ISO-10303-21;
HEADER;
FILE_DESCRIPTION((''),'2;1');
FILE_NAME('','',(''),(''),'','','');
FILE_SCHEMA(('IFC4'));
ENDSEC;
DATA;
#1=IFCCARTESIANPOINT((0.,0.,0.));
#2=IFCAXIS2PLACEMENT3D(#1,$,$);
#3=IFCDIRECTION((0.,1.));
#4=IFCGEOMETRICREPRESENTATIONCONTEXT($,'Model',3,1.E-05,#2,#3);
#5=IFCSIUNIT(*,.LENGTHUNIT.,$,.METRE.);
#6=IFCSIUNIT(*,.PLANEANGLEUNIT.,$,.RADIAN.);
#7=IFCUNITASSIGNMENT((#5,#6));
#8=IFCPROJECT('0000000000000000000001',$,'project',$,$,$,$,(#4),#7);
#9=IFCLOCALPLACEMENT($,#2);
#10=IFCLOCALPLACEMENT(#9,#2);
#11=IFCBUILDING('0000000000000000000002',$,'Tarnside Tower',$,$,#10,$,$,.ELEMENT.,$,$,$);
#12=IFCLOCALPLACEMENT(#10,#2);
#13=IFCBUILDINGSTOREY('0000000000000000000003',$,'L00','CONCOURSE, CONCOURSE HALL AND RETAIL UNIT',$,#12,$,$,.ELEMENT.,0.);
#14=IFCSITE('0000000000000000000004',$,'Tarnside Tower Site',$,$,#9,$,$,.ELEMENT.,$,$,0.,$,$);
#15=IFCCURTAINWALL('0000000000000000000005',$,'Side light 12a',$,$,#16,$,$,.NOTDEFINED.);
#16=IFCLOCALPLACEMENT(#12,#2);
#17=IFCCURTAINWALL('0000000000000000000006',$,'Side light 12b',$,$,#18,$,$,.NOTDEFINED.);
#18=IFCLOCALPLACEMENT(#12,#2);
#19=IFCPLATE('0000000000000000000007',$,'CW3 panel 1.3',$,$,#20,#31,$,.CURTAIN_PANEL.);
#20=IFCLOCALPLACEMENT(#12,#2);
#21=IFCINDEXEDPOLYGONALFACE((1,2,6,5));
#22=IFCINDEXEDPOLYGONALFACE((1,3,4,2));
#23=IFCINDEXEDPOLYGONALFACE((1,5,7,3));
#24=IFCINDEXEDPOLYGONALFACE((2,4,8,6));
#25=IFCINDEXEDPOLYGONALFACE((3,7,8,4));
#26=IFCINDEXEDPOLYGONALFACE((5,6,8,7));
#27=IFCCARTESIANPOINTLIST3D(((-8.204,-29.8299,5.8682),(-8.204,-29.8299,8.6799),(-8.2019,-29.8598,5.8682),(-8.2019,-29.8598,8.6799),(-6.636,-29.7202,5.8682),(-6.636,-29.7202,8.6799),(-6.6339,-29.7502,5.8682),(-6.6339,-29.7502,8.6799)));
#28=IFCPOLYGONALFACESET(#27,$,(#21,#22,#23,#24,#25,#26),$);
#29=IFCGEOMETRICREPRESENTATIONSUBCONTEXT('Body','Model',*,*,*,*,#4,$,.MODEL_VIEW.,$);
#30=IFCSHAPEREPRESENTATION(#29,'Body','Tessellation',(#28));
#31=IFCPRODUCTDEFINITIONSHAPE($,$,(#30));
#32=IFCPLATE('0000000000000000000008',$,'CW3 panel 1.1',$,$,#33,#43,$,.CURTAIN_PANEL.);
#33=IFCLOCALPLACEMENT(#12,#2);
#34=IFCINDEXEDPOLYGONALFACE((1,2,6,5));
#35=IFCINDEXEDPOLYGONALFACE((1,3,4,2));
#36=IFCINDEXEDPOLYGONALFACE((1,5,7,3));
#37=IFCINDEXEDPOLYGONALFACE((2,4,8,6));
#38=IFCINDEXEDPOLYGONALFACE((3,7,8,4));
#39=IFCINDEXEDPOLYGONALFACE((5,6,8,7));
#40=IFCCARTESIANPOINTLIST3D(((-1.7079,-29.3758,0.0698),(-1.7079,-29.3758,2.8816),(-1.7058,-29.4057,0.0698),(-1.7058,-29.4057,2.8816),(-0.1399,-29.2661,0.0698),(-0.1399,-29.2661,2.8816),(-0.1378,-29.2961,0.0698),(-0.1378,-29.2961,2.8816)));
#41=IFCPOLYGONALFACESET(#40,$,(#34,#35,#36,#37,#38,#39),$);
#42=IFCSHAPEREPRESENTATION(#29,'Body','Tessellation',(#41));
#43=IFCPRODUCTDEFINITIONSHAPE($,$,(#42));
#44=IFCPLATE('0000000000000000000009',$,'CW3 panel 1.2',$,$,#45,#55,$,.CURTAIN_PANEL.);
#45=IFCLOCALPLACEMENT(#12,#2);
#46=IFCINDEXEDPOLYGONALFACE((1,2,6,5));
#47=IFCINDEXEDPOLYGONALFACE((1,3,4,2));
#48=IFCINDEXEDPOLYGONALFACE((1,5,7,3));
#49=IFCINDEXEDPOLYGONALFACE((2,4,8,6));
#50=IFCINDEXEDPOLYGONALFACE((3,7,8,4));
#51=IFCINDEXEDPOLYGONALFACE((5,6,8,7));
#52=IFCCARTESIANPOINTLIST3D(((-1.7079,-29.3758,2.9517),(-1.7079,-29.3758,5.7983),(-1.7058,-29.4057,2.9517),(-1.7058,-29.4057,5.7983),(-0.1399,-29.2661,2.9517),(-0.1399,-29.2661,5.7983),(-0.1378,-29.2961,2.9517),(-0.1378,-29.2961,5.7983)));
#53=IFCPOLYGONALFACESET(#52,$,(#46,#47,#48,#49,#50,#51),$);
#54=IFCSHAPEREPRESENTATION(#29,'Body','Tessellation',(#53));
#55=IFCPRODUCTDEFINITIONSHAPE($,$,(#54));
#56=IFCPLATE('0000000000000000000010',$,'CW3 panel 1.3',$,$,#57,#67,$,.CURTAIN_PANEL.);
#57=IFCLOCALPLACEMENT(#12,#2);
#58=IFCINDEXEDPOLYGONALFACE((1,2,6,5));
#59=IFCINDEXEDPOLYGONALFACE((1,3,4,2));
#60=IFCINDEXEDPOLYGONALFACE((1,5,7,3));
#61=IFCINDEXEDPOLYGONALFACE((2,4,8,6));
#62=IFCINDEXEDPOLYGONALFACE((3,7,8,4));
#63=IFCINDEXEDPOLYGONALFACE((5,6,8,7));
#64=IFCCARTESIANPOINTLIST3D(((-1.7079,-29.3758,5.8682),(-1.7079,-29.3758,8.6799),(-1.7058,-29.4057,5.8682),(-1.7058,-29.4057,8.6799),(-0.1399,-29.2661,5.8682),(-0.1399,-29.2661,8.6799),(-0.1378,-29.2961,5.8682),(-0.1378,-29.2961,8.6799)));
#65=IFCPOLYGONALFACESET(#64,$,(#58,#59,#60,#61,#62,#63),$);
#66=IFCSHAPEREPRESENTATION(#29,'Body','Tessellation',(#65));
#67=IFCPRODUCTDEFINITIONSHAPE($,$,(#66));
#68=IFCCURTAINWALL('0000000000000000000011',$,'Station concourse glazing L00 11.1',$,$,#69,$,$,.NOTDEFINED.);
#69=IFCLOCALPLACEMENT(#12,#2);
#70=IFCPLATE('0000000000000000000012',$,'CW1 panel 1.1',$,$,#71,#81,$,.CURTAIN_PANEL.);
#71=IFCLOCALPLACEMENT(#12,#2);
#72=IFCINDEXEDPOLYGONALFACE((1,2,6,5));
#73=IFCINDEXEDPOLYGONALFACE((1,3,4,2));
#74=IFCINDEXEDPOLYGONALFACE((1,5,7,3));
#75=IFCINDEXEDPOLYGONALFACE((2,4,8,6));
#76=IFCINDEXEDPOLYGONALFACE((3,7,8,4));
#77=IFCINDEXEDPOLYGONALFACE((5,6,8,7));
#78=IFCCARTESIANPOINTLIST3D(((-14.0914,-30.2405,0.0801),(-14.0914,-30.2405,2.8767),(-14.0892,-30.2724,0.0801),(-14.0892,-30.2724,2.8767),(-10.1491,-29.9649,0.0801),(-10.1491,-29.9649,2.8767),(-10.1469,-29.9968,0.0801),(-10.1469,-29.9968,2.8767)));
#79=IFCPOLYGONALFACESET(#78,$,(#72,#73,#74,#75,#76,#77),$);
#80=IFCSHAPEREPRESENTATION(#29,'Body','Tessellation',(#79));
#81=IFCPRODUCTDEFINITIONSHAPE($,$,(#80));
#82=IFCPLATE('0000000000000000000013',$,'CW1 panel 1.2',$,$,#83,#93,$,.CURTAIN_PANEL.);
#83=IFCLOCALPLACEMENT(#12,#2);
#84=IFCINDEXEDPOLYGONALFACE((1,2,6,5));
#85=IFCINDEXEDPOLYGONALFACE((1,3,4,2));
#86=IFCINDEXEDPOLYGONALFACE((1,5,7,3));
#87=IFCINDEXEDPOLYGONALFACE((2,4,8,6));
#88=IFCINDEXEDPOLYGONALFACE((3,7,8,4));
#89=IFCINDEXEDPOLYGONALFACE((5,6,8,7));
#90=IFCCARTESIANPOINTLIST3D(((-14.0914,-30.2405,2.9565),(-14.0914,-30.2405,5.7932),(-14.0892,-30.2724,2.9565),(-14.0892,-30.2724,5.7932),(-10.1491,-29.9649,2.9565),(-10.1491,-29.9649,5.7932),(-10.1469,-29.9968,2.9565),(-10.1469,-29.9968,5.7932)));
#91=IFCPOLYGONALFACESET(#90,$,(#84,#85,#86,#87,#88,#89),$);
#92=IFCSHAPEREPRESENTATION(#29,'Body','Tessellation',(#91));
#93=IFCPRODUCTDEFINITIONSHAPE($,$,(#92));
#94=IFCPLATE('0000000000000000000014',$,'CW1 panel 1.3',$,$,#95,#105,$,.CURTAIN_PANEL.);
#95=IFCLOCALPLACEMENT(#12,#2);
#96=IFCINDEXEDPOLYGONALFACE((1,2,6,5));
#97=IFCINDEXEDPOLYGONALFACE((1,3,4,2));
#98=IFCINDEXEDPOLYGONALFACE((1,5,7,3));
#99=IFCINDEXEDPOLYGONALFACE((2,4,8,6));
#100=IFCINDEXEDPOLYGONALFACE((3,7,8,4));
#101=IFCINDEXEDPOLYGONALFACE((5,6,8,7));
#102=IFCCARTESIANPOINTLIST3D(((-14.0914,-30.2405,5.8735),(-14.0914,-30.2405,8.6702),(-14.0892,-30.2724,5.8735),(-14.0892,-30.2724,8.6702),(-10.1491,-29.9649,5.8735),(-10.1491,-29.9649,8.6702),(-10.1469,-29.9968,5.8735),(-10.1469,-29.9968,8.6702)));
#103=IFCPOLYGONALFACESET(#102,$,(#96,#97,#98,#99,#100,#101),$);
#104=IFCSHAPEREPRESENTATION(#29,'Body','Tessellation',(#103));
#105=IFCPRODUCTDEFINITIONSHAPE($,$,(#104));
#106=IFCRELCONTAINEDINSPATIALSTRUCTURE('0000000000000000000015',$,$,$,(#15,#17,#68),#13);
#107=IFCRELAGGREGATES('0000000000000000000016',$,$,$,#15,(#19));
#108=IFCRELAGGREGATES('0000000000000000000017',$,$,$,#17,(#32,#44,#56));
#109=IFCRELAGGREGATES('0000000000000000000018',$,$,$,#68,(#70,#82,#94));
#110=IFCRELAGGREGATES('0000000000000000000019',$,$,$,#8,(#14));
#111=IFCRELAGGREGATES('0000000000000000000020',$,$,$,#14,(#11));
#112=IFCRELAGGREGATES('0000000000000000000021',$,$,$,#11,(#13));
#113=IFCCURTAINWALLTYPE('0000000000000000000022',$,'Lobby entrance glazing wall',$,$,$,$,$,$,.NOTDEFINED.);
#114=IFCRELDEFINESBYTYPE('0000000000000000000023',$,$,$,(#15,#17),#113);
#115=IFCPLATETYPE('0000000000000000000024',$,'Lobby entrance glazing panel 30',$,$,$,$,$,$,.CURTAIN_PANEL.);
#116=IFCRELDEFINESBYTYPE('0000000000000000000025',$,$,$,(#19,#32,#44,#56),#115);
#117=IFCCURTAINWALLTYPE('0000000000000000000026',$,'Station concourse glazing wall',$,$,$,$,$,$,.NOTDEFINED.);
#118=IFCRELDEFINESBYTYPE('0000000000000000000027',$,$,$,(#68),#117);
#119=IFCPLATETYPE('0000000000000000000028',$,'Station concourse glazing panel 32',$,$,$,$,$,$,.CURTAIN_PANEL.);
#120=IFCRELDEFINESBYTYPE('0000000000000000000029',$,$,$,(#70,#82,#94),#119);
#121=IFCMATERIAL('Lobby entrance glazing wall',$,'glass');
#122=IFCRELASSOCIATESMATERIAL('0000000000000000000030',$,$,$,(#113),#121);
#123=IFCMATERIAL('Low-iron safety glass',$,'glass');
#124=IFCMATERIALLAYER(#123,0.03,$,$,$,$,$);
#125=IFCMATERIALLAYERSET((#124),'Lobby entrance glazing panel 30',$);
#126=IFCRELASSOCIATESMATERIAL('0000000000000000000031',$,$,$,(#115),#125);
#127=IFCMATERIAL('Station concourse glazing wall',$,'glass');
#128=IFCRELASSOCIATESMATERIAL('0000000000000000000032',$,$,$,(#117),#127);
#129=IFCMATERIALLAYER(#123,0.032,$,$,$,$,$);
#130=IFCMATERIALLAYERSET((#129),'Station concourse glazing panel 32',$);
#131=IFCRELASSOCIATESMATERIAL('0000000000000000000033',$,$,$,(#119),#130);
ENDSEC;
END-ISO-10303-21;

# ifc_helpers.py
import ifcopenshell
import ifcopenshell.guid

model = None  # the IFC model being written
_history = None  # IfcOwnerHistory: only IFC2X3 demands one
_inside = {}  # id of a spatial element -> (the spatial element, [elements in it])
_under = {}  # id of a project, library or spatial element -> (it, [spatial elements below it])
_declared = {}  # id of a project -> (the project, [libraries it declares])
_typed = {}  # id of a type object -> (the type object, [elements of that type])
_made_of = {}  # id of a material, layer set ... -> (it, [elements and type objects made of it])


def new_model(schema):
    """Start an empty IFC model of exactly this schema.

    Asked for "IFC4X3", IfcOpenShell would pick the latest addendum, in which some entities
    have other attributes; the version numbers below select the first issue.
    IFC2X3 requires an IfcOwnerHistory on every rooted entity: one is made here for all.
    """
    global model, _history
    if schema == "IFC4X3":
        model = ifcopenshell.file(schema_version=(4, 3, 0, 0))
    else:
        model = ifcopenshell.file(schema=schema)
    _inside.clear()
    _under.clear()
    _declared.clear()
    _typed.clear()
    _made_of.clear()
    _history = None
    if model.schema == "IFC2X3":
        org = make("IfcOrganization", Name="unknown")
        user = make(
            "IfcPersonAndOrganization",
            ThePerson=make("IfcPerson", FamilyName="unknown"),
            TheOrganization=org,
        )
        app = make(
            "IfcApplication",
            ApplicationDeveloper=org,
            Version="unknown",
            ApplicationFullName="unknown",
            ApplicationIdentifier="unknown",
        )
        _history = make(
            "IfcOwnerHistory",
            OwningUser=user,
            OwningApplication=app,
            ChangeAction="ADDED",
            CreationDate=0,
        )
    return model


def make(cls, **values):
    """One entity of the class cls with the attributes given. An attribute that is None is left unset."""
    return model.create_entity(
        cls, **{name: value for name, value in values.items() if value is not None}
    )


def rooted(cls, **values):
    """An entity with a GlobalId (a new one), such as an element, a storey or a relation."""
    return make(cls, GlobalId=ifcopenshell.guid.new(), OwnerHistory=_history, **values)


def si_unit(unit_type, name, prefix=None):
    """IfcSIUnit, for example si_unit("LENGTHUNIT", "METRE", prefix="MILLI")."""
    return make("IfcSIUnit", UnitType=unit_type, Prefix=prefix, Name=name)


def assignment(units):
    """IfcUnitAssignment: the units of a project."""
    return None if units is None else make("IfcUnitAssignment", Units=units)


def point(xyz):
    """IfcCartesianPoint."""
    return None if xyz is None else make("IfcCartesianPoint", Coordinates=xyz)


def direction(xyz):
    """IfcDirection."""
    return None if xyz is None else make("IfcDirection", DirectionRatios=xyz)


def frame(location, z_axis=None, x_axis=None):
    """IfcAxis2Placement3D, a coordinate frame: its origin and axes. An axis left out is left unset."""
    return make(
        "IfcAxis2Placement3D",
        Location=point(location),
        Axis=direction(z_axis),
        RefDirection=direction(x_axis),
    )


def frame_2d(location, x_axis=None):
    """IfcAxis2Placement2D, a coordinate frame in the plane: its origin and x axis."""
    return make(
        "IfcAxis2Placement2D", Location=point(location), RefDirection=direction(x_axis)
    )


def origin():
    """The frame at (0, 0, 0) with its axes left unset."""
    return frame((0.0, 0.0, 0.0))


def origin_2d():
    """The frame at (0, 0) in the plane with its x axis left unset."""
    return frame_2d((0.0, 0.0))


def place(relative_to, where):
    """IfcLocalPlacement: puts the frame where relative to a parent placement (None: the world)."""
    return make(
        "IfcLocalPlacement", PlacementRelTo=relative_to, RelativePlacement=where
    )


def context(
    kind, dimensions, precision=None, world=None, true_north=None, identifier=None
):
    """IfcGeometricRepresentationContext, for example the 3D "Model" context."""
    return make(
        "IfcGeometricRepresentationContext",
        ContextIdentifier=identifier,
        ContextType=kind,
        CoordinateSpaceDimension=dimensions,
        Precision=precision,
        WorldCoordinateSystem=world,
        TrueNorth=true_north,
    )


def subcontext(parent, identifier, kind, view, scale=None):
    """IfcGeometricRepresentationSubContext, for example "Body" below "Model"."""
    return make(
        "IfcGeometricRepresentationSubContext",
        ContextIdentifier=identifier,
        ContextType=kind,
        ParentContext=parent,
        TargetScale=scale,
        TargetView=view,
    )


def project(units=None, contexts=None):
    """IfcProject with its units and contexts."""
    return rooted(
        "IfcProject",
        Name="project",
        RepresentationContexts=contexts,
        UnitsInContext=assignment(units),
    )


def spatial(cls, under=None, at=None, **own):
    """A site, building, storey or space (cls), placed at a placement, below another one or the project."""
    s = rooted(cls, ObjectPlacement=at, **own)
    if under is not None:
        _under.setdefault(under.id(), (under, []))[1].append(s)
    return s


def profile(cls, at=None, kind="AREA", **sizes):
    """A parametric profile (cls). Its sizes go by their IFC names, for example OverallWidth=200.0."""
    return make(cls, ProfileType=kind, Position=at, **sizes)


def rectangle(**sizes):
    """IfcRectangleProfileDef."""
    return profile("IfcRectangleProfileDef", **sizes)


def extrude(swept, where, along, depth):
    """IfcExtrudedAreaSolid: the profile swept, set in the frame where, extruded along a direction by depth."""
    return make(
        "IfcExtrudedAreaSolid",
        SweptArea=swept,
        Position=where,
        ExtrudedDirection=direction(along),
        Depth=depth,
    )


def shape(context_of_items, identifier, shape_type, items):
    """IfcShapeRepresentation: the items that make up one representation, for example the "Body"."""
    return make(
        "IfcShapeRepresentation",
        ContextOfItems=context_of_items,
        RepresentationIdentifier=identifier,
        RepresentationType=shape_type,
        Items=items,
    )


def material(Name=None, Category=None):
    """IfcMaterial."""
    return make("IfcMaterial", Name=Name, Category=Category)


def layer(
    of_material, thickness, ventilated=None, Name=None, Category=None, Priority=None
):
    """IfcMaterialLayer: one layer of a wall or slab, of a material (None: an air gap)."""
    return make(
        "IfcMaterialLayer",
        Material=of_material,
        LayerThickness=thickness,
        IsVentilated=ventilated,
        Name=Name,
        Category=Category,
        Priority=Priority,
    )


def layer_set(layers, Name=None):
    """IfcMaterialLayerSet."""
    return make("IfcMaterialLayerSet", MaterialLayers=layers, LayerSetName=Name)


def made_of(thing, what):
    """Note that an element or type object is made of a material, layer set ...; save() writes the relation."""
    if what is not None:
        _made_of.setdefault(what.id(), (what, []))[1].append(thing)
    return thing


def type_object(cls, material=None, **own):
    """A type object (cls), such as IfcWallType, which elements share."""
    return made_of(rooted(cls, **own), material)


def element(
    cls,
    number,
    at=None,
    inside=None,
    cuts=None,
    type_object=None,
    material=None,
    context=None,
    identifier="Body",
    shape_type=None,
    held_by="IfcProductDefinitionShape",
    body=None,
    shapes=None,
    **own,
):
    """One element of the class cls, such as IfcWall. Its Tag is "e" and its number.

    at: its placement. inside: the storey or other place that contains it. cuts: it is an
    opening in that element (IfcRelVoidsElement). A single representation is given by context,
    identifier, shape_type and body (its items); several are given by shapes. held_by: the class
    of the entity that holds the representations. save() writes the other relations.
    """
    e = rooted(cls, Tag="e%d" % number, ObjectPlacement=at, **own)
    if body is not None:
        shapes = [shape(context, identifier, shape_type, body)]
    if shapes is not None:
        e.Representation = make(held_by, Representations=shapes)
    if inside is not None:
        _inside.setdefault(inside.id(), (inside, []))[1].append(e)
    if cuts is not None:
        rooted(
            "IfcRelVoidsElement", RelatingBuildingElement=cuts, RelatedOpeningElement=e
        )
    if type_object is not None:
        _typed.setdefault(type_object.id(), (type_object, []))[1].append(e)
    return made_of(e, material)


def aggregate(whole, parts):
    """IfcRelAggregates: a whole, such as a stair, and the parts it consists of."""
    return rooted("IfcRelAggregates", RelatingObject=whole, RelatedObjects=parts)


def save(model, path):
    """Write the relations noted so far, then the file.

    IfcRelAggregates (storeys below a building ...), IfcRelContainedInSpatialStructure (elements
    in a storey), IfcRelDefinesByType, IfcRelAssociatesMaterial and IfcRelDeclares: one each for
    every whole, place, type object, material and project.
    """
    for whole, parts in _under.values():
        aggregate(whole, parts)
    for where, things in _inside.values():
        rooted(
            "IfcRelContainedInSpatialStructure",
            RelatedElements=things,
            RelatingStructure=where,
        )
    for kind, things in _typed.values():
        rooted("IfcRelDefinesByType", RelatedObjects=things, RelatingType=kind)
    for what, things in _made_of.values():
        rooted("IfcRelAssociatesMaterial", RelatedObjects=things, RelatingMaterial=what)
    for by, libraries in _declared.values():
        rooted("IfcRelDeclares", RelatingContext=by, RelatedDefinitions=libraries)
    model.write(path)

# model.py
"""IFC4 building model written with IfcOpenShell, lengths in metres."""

from ifc_helpers import new_model, si_unit, direction, frame, origin, origin_2d, place, context, subcontext, project, spatial, rectangle, extrude, material, layer, layer_set, type_object, element, aggregate, save


model = new_model("IFC4")

# Units and contexts
model_context = context("Model", 3, precision=1e-05, world=origin(), true_north=direction((0.0, 1.0)))
body_context = subcontext(model_context, "Body", "Model", "MODEL_VIEW")
ifc_project = project(units=[si_unit("LENGTHUNIT", "METRE"), si_unit("PLANEANGLEUNIT", "RADIAN")], contexts=[model_context])

# Site, building, storey
site_placement = place(None, origin())
site = spatial("IfcSite", under=ifc_project, at=site_placement, Name="Tarnside Tower Site", CompositionType="ELEMENT", RefElevation=0.0)
building_placement = place(site_placement, origin())
building = spatial("IfcBuilding", under=site, at=building_placement, Name="Tarnside Tower", CompositionType="ELEMENT")
storey_placement = place(building_placement, origin())
storey = spatial("IfcBuildingStorey", under=building, at=storey_placement, Name="L00", Description="CONCOURSE, CONCOURSE HALL AND RETAIL UNIT", CompositionType="ELEMENT", Elevation=0.0)

# Curtain walls
ifc_material_1 = material(Name="Lobby entrance glazing wall", Category="glass")
curtain_wall_type_1 = type_object("IfcCurtainWallType", Name="Lobby entrance glazing wall", PredefinedType="NOTDEFINED", material=ifc_material_1)
curtain_wall_1_placement = place(storey_placement, origin())
curtain_wall_1 = element("IfcCurtainWall", 1, at=curtain_wall_1_placement, inside=storey, type_object=curtain_wall_type_1, Name="Side light 12a", PredefinedType="NOTDEFINED")
curtain_wall_2_placement = place(storey_placement, origin())
curtain_wall_2 = element("IfcCurtainWall", 2, at=curtain_wall_2_placement, inside=storey, type_object=curtain_wall_type_1, Name="Side light 12b", PredefinedType="NOTDEFINED")

# Plates
ifc_material_2 = material(Name="Low-iron safety glass", Category="glass")
ifc_layer_1 = layer(ifc_material_2, 0.03)
ifc_layer_set_1 = layer_set([ifc_layer_1], Name="Lobby entrance glazing panel 30")
plate_type_1 = type_object("IfcPlateType", Name="Lobby entrance glazing panel 30", PredefinedType="CURTAIN_PANEL", material=ifc_layer_set_1)
plate_1_placement = place(storey_placement, frame((-7.4189, -29.79, 5.8682), z_axis=(0.0, 0.0, 1.0), x_axis=(0.997564, 0.069756, 0.0)))
plate_1 = element("IfcPlate", 3, at=plate_1_placement, type_object=plate_type_1, Name="CW3 panel 1.3", PredefinedType="CURTAIN_PANEL", context=body_context, shape_type="SweptSolid", body=[
    extrude(rectangle(XDim=1.5718, YDim=0.03, at=origin_2d()), origin(), (0.0, 0.0, 1.0), 2.8118),
])
aggregate(curtain_wall_1, [plate_1])
plate_2_placement = place(storey_placement, frame((-0.9229, -29.3359, 0.0698), z_axis=(0.0, 0.0, 1.0), x_axis=(0.997564, 0.069756, 0.0)))
plate_2 = element("IfcPlate", 4, at=plate_2_placement, type_object=plate_type_1, Name="CW3 panel 1.1", PredefinedType="CURTAIN_PANEL", context=body_context, shape_type="SweptSolid", body=[
    extrude(rectangle(XDim=1.5718, YDim=0.03, at=origin_2d()), origin(), (0.0, 0.0, 1.0), 2.8118),
])
plate_3_placement = place(storey_placement, frame((-0.9229, -29.3359, 2.9517), z_axis=(0.0, 0.0, 1.0), x_axis=(0.997564, 0.069756, 0.0)))
plate_3 = element("IfcPlate", 5, at=plate_3_placement, type_object=plate_type_1, Name="CW3 panel 1.2", PredefinedType="CURTAIN_PANEL", context=body_context, shape_type="SweptSolid", body=[
    extrude(rectangle(XDim=1.5718, YDim=0.03, at=origin_2d()), origin(), (0.0, 0.0, 1.0), 2.8467),
])
plate_4_placement = place(storey_placement, frame((-0.9229, -29.3359, 5.8682), z_axis=(0.0, 0.0, 1.0), x_axis=(0.997564, 0.069756, 0.0)))
plate_4 = element("IfcPlate", 6, at=plate_4_placement, type_object=plate_type_1, Name="CW3 panel 1.3", PredefinedType="CURTAIN_PANEL", context=body_context, shape_type="SweptSolid", body=[
    extrude(rectangle(XDim=1.5718, YDim=0.03, at=origin_2d()), origin(), (0.0, 0.0, 1.0), 2.8118),
])
aggregate(curtain_wall_2, [plate_2, plate_3, plate_4])

# Curtain wall, plates
ifc_material_3 = material(Name="Station concourse glazing wall", Category="glass")
curtain_wall_type_2 = type_object("IfcCurtainWallType", Name="Station concourse glazing wall", PredefinedType="NOTDEFINED", material=ifc_material_3)
curtain_wall_3_placement = place(storey_placement, origin())
curtain_wall_3 = element("IfcCurtainWall", 7, at=curtain_wall_3_placement, inside=storey, type_object=curtain_wall_type_2, Name="Station concourse glazing L00 11.1", PredefinedType="NOTDEFINED")
ifc_layer_2 = layer(ifc_material_2, 0.032)
ifc_layer_set_2 = layer_set([ifc_layer_2], Name="Station concourse glazing panel 32")
plate_type_2 = type_object("IfcPlateType", Name="Station concourse glazing panel 32", PredefinedType="CURTAIN_PANEL", material=ifc_layer_set_2)
plate_5_placement = place(storey_placement, frame((-12.1191, -30.1187, 0.0801), z_axis=(0.0, 0.0, 1.0), x_axis=(0.997564, 0.069756, 0.0)))
plate_5 = element("IfcPlate", 8, at=plate_5_placement, type_object=plate_type_2, Name="CW1 panel 1.1", PredefinedType="CURTAIN_PANEL", context=body_context, shape_type="SweptSolid", body=[
    extrude(rectangle(XDim=3.9519, YDim=0.032, at=origin_2d()), origin(), (0.0, 0.0, 1.0), 2.7966),
])
plate_6_placement = place(storey_placement, frame((-12.1191, -30.1187, 2.9565), z_axis=(0.0, 0.0, 1.0), x_axis=(0.997564, 0.069756, 0.0)))
plate_6 = element("IfcPlate", 9, at=plate_6_placement, type_object=plate_type_2, Name="CW1 panel 1.2", PredefinedType="CURTAIN_PANEL", context=body_context, shape_type="SweptSolid", body=[
    extrude(rectangle(XDim=3.9519, YDim=0.032, at=origin_2d()), origin(), (0.0, 0.0, 1.0), 2.8367),
])
plate_7_placement = place(storey_placement, frame((-12.1191, -30.1187, 5.8735), z_axis=(0.0, 0.0, 1.0), x_axis=(0.997564, 0.069756, 0.0)))
plate_7 = element("IfcPlate", 10, at=plate_7_placement, type_object=plate_type_2, Name="CW1 panel 1.3", PredefinedType="CURTAIN_PANEL", context=body_context, shape_type="SweptSolid", body=[
    extrude(rectangle(XDim=3.9519, YDim=0.032, at=origin_2d()), origin(), (0.0, 0.0, 1.0), 2.7966),
])
aggregate(curtain_wall_3, [plate_5, plate_6, plate_7])

save(model, "model.ifc")
